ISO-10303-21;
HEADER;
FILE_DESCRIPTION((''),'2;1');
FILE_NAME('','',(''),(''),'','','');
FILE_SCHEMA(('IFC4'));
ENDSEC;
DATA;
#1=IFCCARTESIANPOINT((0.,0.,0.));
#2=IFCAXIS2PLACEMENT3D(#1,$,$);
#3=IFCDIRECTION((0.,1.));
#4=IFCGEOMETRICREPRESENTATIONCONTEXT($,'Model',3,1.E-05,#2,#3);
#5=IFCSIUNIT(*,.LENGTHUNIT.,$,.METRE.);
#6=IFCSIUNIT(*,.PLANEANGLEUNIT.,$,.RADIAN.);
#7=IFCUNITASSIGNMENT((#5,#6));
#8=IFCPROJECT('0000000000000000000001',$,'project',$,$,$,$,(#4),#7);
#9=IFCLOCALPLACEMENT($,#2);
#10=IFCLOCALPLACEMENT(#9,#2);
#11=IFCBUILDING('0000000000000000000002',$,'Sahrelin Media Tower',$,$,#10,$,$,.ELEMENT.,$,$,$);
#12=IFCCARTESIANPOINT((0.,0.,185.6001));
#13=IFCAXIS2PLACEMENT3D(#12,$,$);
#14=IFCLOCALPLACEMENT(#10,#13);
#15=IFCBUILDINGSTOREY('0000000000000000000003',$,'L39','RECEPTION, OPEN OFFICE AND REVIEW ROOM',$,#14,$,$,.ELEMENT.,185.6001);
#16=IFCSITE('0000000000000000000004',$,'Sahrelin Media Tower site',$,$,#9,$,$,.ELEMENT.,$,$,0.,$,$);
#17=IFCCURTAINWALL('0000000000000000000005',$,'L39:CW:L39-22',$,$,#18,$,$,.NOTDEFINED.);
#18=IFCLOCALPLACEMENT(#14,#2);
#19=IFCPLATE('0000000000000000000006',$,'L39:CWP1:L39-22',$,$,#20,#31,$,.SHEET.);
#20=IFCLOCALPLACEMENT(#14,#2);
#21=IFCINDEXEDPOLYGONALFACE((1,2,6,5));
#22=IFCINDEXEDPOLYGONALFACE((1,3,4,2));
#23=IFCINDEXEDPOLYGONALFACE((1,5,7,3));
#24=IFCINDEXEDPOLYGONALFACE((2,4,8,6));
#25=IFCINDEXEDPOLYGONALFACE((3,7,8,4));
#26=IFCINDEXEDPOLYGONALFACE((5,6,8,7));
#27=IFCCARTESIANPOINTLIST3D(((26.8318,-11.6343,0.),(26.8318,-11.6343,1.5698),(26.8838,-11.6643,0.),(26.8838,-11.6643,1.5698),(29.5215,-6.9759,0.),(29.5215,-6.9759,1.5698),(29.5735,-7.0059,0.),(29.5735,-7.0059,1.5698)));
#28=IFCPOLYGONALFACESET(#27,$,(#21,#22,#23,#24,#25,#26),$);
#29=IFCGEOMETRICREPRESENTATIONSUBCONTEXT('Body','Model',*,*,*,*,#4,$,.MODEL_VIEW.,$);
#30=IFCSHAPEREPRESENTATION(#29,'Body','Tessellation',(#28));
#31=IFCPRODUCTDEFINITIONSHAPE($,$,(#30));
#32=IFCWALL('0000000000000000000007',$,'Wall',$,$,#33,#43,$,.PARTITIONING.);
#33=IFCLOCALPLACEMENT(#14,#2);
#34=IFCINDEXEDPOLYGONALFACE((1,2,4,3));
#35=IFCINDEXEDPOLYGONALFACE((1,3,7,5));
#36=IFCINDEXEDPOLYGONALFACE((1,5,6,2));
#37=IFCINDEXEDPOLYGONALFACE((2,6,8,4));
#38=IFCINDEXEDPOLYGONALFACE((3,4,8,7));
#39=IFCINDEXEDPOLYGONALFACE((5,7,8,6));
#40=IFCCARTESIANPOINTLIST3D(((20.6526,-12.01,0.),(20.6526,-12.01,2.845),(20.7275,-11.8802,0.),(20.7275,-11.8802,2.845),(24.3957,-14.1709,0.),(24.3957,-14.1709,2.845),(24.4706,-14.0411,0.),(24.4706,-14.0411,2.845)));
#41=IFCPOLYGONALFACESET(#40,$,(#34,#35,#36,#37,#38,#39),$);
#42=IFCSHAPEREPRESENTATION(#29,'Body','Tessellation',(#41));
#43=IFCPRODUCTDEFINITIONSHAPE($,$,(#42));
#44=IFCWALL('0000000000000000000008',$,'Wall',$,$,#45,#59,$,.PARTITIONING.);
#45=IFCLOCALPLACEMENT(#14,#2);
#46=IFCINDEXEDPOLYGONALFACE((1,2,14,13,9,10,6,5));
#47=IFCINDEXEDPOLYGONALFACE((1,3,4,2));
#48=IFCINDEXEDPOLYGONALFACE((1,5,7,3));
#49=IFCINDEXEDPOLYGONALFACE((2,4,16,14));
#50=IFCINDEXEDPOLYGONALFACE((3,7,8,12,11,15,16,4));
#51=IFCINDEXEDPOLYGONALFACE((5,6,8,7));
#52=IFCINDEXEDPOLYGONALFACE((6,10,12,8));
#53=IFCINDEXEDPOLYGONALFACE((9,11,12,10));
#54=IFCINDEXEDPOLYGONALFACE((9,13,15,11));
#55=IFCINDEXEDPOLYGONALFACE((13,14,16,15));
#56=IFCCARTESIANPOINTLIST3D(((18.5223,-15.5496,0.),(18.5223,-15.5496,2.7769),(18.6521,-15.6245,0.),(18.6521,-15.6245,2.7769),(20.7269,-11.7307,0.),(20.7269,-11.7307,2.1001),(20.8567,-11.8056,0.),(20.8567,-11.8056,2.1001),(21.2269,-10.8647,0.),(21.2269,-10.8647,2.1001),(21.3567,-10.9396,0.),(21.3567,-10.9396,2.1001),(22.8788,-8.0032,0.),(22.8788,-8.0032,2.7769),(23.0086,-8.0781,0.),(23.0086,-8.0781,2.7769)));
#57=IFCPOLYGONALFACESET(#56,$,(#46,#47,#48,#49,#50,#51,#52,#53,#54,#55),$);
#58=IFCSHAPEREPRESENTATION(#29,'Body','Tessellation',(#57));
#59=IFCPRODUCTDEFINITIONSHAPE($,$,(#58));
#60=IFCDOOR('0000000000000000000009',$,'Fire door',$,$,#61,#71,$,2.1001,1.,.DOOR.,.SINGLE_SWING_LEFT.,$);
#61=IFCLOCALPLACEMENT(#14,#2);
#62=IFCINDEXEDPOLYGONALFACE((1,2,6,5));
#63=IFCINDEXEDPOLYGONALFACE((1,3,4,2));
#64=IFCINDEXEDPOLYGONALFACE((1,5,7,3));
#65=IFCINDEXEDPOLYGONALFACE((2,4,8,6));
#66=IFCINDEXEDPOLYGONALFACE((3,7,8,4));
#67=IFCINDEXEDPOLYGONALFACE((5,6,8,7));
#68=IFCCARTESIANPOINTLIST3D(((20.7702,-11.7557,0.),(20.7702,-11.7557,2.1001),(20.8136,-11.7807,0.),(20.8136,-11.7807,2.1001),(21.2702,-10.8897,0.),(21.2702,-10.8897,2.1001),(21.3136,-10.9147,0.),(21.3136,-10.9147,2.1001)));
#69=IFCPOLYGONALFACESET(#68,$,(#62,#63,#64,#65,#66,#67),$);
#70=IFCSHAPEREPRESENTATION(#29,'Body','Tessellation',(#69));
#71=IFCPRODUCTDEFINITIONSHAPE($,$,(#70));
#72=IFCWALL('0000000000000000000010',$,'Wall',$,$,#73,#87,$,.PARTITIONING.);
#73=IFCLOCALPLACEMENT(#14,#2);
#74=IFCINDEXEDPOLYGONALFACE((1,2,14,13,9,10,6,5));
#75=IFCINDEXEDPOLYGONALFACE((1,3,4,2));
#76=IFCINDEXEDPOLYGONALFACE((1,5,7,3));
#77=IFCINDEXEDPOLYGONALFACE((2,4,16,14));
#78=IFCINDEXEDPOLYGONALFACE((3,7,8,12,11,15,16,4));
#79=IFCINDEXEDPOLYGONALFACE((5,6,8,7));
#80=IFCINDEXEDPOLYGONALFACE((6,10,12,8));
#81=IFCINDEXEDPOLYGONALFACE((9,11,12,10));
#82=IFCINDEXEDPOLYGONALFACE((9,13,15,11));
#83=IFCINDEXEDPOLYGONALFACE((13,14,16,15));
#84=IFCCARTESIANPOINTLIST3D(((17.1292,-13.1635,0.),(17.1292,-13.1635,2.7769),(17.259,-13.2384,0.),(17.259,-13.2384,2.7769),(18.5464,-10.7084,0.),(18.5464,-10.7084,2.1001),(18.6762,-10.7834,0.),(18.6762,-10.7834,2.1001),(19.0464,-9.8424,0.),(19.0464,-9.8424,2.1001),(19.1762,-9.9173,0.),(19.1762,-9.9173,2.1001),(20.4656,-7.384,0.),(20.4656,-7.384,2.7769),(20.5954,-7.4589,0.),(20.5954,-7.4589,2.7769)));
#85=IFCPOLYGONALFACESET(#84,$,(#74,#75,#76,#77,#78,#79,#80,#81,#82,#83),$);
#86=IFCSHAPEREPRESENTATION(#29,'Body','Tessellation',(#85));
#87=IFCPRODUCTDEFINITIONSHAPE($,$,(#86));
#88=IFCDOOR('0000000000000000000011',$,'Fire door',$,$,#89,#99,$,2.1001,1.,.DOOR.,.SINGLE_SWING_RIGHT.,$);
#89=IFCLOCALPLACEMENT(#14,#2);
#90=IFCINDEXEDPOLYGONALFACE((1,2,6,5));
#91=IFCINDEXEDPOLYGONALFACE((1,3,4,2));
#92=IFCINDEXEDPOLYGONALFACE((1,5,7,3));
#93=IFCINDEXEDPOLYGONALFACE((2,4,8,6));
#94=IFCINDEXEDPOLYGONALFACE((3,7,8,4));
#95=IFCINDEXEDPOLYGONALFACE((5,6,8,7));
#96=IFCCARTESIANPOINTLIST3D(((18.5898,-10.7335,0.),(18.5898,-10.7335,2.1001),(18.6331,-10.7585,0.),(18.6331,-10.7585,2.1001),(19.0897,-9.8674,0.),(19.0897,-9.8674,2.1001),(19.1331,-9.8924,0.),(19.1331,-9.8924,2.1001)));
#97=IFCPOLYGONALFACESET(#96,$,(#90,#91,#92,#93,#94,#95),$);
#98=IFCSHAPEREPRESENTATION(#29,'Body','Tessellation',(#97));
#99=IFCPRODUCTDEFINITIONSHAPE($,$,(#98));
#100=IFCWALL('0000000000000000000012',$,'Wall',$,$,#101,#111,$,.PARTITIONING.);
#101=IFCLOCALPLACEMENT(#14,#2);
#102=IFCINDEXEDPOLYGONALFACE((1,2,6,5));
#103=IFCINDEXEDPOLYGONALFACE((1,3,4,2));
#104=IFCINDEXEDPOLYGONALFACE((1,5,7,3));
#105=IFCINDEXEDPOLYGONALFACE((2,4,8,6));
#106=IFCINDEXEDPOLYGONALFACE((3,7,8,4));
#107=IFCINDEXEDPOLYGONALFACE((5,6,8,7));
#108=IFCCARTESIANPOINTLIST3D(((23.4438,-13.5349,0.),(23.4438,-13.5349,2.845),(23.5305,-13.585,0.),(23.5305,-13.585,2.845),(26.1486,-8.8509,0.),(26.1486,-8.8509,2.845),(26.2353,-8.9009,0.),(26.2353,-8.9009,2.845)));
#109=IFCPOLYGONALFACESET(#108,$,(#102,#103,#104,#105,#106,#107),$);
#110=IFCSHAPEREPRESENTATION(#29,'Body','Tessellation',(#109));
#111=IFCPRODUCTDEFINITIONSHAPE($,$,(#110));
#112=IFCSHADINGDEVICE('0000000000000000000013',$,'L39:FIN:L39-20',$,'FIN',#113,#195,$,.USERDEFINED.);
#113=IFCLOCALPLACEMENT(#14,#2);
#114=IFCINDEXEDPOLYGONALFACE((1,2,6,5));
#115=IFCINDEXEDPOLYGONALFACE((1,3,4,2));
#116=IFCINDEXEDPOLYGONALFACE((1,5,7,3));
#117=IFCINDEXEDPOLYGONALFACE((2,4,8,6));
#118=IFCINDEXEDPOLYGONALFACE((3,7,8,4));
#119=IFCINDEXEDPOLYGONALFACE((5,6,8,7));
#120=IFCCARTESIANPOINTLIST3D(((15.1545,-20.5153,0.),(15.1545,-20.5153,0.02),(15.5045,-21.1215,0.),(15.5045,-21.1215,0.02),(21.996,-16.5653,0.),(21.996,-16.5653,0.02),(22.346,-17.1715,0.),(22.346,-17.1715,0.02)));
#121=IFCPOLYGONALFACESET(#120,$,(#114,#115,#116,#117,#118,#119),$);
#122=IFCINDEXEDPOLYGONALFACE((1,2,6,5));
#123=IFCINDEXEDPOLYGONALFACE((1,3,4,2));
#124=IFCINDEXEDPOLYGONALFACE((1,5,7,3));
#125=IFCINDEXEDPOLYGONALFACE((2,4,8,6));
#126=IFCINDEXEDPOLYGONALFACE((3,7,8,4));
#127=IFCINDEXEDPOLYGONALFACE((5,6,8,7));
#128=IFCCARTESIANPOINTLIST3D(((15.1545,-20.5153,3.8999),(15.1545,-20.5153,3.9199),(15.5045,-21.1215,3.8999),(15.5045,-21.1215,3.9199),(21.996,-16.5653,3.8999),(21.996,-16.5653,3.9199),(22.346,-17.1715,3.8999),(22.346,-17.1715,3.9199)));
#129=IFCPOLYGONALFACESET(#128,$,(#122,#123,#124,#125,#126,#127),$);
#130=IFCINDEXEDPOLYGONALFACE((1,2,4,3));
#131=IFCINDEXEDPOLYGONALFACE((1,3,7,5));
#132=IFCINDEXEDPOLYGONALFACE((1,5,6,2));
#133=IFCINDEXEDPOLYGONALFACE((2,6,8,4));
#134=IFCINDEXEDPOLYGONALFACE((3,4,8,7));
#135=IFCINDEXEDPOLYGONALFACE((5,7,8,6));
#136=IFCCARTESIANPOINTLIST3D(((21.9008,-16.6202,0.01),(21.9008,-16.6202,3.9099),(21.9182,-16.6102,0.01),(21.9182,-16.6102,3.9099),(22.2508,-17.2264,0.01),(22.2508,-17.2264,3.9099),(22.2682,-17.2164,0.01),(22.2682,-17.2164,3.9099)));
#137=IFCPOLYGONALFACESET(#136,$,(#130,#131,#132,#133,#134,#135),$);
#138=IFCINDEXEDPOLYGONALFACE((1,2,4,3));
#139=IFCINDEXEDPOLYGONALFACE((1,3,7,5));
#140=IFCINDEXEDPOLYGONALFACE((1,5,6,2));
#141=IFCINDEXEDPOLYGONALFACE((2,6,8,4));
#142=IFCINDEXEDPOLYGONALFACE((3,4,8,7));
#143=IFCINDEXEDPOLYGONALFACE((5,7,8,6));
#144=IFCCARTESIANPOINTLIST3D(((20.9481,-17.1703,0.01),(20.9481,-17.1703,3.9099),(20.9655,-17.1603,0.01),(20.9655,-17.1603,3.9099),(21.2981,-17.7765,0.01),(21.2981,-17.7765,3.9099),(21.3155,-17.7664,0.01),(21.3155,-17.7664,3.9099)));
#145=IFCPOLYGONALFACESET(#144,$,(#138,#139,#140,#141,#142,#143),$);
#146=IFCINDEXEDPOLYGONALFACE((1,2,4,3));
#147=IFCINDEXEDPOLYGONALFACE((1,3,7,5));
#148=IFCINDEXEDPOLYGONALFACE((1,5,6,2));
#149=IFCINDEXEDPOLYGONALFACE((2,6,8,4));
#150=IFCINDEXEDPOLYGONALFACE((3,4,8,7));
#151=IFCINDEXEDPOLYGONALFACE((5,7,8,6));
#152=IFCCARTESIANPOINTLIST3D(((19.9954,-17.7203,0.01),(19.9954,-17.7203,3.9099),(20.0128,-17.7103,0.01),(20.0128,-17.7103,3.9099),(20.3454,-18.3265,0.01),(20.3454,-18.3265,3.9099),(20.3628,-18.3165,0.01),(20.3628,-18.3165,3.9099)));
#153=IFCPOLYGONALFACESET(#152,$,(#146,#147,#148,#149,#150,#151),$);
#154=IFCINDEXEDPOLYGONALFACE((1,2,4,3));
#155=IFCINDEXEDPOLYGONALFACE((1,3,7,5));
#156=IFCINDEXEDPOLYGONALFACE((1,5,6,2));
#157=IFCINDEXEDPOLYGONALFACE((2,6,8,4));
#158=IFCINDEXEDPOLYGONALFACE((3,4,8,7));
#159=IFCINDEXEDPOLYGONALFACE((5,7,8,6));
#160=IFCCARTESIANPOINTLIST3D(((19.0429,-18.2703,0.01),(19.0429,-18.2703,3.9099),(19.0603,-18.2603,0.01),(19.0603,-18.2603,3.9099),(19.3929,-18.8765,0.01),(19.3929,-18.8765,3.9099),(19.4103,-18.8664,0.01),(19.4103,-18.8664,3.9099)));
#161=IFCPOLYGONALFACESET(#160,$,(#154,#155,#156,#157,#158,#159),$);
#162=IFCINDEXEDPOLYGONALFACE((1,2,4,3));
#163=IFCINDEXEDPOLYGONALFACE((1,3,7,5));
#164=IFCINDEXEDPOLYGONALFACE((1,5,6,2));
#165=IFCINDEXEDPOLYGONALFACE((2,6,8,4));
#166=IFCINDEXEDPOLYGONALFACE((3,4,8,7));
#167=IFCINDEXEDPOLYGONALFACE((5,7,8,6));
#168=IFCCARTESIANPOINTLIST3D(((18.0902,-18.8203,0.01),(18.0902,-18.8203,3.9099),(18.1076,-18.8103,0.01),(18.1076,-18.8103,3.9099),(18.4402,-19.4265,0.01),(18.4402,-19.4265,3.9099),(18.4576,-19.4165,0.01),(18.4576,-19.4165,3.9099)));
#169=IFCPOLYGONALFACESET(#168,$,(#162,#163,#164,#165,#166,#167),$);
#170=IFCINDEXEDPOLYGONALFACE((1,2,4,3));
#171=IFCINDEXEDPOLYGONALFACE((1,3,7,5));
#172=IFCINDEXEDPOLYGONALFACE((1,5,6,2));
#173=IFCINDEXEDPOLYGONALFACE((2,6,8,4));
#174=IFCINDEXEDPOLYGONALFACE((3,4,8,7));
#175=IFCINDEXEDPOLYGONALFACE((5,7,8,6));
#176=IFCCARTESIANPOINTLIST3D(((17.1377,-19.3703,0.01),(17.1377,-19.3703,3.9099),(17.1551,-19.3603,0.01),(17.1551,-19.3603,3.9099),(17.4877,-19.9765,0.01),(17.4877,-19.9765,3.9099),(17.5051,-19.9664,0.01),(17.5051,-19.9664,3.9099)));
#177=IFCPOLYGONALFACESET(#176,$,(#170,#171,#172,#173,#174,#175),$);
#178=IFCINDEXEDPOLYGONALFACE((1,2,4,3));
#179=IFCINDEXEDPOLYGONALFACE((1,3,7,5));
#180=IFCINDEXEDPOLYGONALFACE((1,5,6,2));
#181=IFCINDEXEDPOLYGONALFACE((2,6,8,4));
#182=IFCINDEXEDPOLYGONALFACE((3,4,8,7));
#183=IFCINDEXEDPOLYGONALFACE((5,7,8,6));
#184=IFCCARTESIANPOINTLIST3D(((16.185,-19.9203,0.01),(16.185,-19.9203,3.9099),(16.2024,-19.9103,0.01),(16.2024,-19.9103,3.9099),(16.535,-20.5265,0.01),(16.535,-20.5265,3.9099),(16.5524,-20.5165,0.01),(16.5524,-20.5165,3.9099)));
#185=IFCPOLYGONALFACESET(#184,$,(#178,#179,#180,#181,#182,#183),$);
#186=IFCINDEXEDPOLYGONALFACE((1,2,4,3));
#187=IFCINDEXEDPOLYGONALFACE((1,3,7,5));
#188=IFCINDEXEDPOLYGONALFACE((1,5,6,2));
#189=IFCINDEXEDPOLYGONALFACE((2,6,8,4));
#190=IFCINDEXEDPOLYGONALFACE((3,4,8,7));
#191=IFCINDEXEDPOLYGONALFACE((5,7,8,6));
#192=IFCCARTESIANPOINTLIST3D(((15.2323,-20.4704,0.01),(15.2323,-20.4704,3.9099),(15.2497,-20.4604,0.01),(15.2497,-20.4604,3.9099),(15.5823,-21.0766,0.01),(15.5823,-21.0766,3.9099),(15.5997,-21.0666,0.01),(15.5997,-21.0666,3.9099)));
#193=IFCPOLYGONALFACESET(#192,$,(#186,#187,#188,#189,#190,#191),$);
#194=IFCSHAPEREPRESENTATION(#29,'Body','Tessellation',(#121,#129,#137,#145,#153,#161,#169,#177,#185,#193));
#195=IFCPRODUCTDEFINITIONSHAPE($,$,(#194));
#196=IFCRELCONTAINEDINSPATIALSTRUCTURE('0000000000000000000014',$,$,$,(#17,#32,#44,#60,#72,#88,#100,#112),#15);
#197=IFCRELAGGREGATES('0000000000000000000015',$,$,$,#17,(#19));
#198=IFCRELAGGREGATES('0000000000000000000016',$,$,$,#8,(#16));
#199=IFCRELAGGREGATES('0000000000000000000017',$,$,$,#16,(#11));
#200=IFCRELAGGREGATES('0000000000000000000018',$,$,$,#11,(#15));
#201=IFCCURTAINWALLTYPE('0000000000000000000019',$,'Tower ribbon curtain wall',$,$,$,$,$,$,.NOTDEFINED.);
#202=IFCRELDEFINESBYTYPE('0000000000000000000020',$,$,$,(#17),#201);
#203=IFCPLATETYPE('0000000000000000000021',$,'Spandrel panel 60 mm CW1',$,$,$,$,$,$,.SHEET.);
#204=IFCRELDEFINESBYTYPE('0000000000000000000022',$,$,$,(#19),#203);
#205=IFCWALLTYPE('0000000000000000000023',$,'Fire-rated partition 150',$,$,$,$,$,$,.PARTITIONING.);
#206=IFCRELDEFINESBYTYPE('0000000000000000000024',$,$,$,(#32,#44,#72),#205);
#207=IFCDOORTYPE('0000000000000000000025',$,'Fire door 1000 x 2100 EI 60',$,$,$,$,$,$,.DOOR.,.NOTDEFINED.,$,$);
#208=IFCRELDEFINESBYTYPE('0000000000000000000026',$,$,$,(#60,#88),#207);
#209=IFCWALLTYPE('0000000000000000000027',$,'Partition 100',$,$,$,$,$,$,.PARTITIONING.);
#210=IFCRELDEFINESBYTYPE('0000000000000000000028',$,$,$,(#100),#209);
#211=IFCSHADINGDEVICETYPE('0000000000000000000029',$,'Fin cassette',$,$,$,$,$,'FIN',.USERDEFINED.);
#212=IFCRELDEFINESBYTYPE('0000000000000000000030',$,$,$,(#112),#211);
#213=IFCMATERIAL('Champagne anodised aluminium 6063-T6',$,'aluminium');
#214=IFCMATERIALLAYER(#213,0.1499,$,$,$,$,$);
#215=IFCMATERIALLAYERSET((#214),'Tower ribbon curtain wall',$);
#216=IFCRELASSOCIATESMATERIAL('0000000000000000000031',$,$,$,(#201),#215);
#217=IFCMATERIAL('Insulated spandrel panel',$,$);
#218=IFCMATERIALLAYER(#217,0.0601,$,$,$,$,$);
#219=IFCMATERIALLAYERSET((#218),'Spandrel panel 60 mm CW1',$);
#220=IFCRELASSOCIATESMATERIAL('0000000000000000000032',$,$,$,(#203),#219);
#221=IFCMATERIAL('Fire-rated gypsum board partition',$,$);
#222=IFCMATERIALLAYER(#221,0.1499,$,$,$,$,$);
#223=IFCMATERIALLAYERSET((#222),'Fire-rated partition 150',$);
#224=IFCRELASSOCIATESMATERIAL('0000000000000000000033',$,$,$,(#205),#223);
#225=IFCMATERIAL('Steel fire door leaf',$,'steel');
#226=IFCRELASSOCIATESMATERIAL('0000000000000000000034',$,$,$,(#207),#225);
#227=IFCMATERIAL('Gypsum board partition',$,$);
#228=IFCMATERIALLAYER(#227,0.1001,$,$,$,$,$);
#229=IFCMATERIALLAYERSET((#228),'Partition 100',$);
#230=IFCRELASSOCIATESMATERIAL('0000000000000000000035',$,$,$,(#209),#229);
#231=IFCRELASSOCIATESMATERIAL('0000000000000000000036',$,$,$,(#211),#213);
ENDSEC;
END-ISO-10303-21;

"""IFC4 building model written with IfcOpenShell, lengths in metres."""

from ifc_helpers import new_model, si_unit, direction, frame, frame_2d, origin, origin_2d, place, context, subcontext, project, spatial, polyline, rectangle, outline, extrude, material, layer, layer_set, type_object, element, fill, aggregate, save


model = new_model("IFC4")

# Units and contexts
model_context = context("Model", 3, precision=1e-05, world=origin(), true_north=direction((0.0, 1.0)))
body_context = subcontext(model_context, "Body", "Model", "MODEL_VIEW")
ifc_project = project(units=[si_unit("LENGTHUNIT", "METRE"), si_unit("PLANEANGLEUNIT", "RADIAN")], contexts=[model_context])

# Site, building, storey
site_placement = place(None, origin())
site = spatial("IfcSite", under=ifc_project, at=site_placement, Name="Sahrelin Media Tower site", CompositionType="ELEMENT", RefElevation=0.0)
building_placement = place(site_placement, origin())
building = spatial("IfcBuilding", under=site, at=building_placement, Name="Sahrelin Media Tower", CompositionType="ELEMENT")
storey_placement = place(building_placement, frame((0.0, 0.0, 185.6001)))
storey = spatial("IfcBuildingStorey", under=building, at=storey_placement, Name="L39", Description="RECEPTION, OPEN OFFICE AND REVIEW ROOM", CompositionType="ELEMENT", Elevation=185.6001)

# Shared definitions
ifc_material_1 = material(Name="Champagne anodised aluminium 6063-T6", Category="aluminium")
ifc_layer_1 = layer(ifc_material_1, 0.1499)
ifc_layer_set_1 = layer_set([ifc_layer_1], Name="Tower ribbon curtain wall")
curtain_wall_type = type_object("IfcCurtainWallType", Name="Tower ribbon curtain wall", PredefinedType="NOTDEFINED", material=ifc_layer_set_1)

# Curtain wall
curtain_wall_1_placement = place(storey_placement, frame((28.2112, -9.325, 0.0), z_axis=(0.0, 0.0, 1.0), x_axis=(1.0, 0.0, 0.0)))
curtain_wall_1 = element("IfcCurtainWall", 1, at=curtain_wall_1_placement, inside=storey, type_object=curtain_wall_type, Name="L39:CW:L39-22", PredefinedType="NOTDEFINED")

# Plate
ifc_material_2 = material(Name="Insulated spandrel panel")
ifc_layer_2 = layer(ifc_material_2, 0.0601)
ifc_layer_set_2 = layer_set([ifc_layer_2], Name="Spandrel panel 60 mm CW1")
plate_type_1 = type_object("IfcPlateType", Name="Spandrel panel 60 mm CW1", PredefinedType="SHEET", material=ifc_layer_set_2)
plate_1_placement = place(storey_placement, frame((26.8838, -11.6643, 0.0), z_axis=(0.866014, -0.50002, 0.0), x_axis=(0.50002, 0.866014, 0.0)))
plate_1 = element("IfcPlate", 2, at=plate_1_placement, type_object=plate_type_1, Name="L39:CWP1:L39-22", PredefinedType="SHEET", context=body_context, shape_type="SweptSolid", body=[
    extrude(outline(polyline([(0.0, 0.0), (5.3792, 0.0), (5.3792, 1.5698), (0.0, 1.5698), (0.0, 0.0)])), origin(), (0.0, 0.0, -1.0), 0.0601),
])
aggregate(curtain_wall_1, [plate_1])

# Wall
ifc_material_3 = material(Name="Fire-rated gypsum board partition")
ifc_layer_3 = layer(ifc_material_3, 0.1499)
ifc_layer_set_3 = layer_set([ifc_layer_3], Name="Fire-rated partition 150")
wall_type_1 = type_object("IfcWallType", Name="Fire-rated partition 150", PredefinedType="PARTITIONING", material=ifc_layer_set_3)
wall_1_placement = place(storey_placement, frame((20.6899, -11.9451, 0.0), z_axis=(0.0, 0.0, 1.0), x_axis=(0.866048, -0.49996, 0.0)))
element("IfcWall", 3, at=wall_1_placement, inside=storey, type_object=wall_type_1, Name="Wall", PredefinedType="PARTITIONING", context=body_context, shape_type="SweptSolid", body=[
    extrude(rectangle(XDim=4.322, YDim=0.1499, at=frame_2d((2.1611, 0.0))), origin(), (0.0, 0.0, 1.0), 2.845),
])

# Walls, openings, doors
wall_2_placement = place(storey_placement, frame((18.5872, -15.5872, 0.0), z_axis=(0.0, 0.0, 1.0), x_axis=(0.49996, 0.866048, 0.0)))
wall_2 = element("IfcWall", 4, at=wall_2_placement, inside=storey, type_object=wall_type_1, Name="Wall", PredefinedType="PARTITIONING", context=body_context, shape_type="SweptSolid", body=[
    extrude(rectangle(XDim=8.7136, YDim=0.1499, at=frame_2d((4.3569, 0.0))), origin(), (0.0, 0.0, 1.0), 2.7769),
])
opening_1_placement = place(wall_2_placement, frame((4.4097, 0.0, 0.0)))
opening_1 = element("IfcOpeningElement", 5, at=opening_1_placement, cuts=wall_2, PredefinedType="OPENING", context=body_context, shape_type="SweptSolid", body=[
    extrude(rectangle(XDim=1.0, YDim=2.1001, at=frame_2d((0.5, 1.05))), frame((0.0, 0.075, 0.0), z_axis=(0.0, -1.0, 0.0), x_axis=(1.0, 0.0, 0.0)), (0.0, 0.0, 1.0), 0.1499),
])
ifc_material_4 = material(Name="Steel fire door leaf", Category="steel")
door_type = type_object("IfcDoorType", Name="Fire door 1000 x 2100 EI 60", OperationType="NOTDEFINED", PredefinedType="DOOR", material=ifc_material_4)
door_1_placement = place(opening_1_placement, origin())
door_1 = element("IfcDoor", 6, at=door_1_placement, inside=storey, type_object=door_type, Name="Fire door", OperationType="SINGLE_SWING_LEFT", OverallHeight=2.1001, OverallWidth=1.0, PredefinedType="DOOR", context=body_context, shape_type="SweptSolid", body=[
    extrude(rectangle(XDim=1.0, YDim=2.1001, at=frame_2d((0.5, 1.05))), frame((0.0, 0.0249, 0.0), z_axis=(0.0, -1.0, 0.0), x_axis=(1.0, 0.0, 0.0)), (0.0, 0.0, 1.0), 0.05),
])
fill(opening_1, door_1)
wall_3_placement = place(storey_placement, frame((17.1941, -13.2009, 0.0), z_axis=(0.0, 0.0, 1.0), x_axis=(0.499956, 0.866051, 0.0)))
wall_3 = element("IfcWall", 7, at=wall_3_placement, inside=storey, type_object=wall_type_1, Name="Wall", PredefinedType="PARTITIONING", context=body_context, shape_type="SweptSolid", body=[
    extrude(rectangle(XDim=6.6733, YDim=0.1499, at=frame_2d((3.3367, 0.0))), origin(), (0.0, 0.0, 1.0), 2.7769),
])
opening_2_placement = place(wall_3_placement, frame((2.8347, 0.0, 0.0)))
opening_2 = element("IfcOpeningElement", 8, at=opening_2_placement, cuts=wall_3, PredefinedType="OPENING", context=body_context, shape_type="SweptSolid", body=[
    extrude(rectangle(XDim=1.0, YDim=2.1001, at=frame_2d((0.5, 1.05))), frame((0.0, 0.075, 0.0), z_axis=(0.0, -1.0, 0.0), x_axis=(1.0, 0.0, 0.0)), (0.0, 0.0, 1.0), 0.1499),
])
door_2_placement = place(opening_2_placement, origin())
door_2 = element("IfcDoor", 9, at=door_2_placement, inside=storey, type_object=door_type, Name="Fire door", OperationType="SINGLE_SWING_RIGHT", OverallHeight=2.1001, OverallWidth=1.0, PredefinedType="DOOR", context=body_context, shape_type="SweptSolid", body=[
    extrude(rectangle(XDim=1.0, YDim=2.1001, at=frame_2d((0.5, 1.05))), frame((0.0, 0.0249, 0.0), z_axis=(0.0, -1.0, 0.0), x_axis=(1.0, 0.0, 0.0)), (0.0, 0.0, 1.0), 0.05),
])
fill(opening_2, door_2)

# Wall
ifc_material_5 = material(Name="Gypsum board partition")
ifc_layer_4 = layer(ifc_material_5, 0.1001)
ifc_layer_set_4 = layer_set([ifc_layer_4], Name="Partition 100")
wall_type_2 = type_object("IfcWallType", Name="Partition 100", PredefinedType="PARTITIONING", material=ifc_layer_set_4)
wall_4_placement = place(storey_placement, frame((23.4871, -13.5601, 0.0), z_axis=(0.0, 0.0, 1.0), x_axis=(0.500066, 0.865987, 0.0)))
element("IfcWall", 10, at=wall_4_placement, inside=storey, type_object=wall_type_2, Name="Wall", PredefinedType="PARTITIONING", context=body_context, shape_type="SweptSolid", body=[
    extrude(rectangle(XDim=5.4089, YDim=0.1001, at=frame_2d((2.7046, 0.0))), origin(), (0.0, 0.0, 1.0), 2.845),
])

# Shading device
shading_device_type_1 = type_object("IfcShadingDeviceType", Name="Fin cassette", ElementType="FIN", PredefinedType="USERDEFINED", material=ifc_material_1)
placement_1 = place(storey_placement, frame((18.5403, -18.4797, 0.0), z_axis=(0.0, 0.0, 1.0), x_axis=(-0.866019, -0.500011, 0.0)))
element("IfcShadingDevice", 11, at=placement_1, inside=storey, type_object=shading_device_type_1, Name="L39:FIN:L39-20", ObjectType="FIN", PredefinedType="USERDEFINED", context=body_context, shape_type="SweptSolid", body=[
    extrude(rectangle(XDim=7.8999, YDim=0.7, at=origin_2d()), frame((0.0, 0.4199, 0.0)), (0.0, 0.0, 1.0), 0.02),
    extrude(rectangle(XDim=7.8999, YDim=0.7, at=origin_2d()), frame((0.0, 0.4199, 3.8999)), (0.0, 0.0, 1.0), 0.02),
    extrude(rectangle(XDim=0.02, YDim=0.7, at=origin_2d()), frame((-3.8501, 0.4199, 0.01), z_axis=(0.0, 0.0, 1.0), x_axis=(1.0, 0.0, 0.0)), (0.0, 0.0, 1.0), 3.8999),
    extrude(rectangle(XDim=0.02, YDim=0.7, at=origin_2d()), frame((-2.75, 0.4199, 0.01), z_axis=(0.0, 0.0, 1.0), x_axis=(1.0, 0.0, 0.0)), (0.0, 0.0, 1.0), 3.8999),
    extrude(rectangle(XDim=0.02, YDim=0.7, at=origin_2d()), frame((-1.6499, 0.4199, 0.01), z_axis=(0.0, 0.0, 1.0), x_axis=(1.0, 0.0, 0.0)), (0.0, 0.0, 1.0), 3.8999),
    extrude(rectangle(XDim=0.02, YDim=0.7, at=origin_2d()), frame((-0.55, 0.4199, 0.01), z_axis=(0.0, 0.0, 1.0), x_axis=(1.0, 0.0, 0.0)), (0.0, 0.0, 1.0), 3.8999),
    extrude(rectangle(XDim=0.02, YDim=0.7, at=origin_2d()), frame((0.55, 0.4199, 0.01), z_axis=(0.0, 0.0, 1.0), x_axis=(1.0, 0.0, 0.0)), (0.0, 0.0, 1.0), 3.8999),
    extrude(rectangle(XDim=0.02, YDim=0.7, at=origin_2d()), frame((1.6499, 0.4199, 0.01), z_axis=(0.0, 0.0, 1.0), x_axis=(1.0, 0.0, 0.0)), (0.0, 0.0, 1.0), 3.8999),
    extrude(rectangle(XDim=0.02, YDim=0.7, at=origin_2d()), frame((2.75, 0.4199, 0.01), z_axis=(0.0, 0.0, 1.0), x_axis=(1.0, 0.0, 0.0)), (0.0, 0.0, 1.0), 3.8999),
    extrude(rectangle(XDim=0.02, YDim=0.7, at=origin_2d()), frame((3.8501, 0.4199, 0.01), z_axis=(0.0, 0.0, 1.0), x_axis=(1.0, 0.0, 0.0)), (0.0, 0.0, 1.0), 3.8999),
])

save(model, "model.ifc")
